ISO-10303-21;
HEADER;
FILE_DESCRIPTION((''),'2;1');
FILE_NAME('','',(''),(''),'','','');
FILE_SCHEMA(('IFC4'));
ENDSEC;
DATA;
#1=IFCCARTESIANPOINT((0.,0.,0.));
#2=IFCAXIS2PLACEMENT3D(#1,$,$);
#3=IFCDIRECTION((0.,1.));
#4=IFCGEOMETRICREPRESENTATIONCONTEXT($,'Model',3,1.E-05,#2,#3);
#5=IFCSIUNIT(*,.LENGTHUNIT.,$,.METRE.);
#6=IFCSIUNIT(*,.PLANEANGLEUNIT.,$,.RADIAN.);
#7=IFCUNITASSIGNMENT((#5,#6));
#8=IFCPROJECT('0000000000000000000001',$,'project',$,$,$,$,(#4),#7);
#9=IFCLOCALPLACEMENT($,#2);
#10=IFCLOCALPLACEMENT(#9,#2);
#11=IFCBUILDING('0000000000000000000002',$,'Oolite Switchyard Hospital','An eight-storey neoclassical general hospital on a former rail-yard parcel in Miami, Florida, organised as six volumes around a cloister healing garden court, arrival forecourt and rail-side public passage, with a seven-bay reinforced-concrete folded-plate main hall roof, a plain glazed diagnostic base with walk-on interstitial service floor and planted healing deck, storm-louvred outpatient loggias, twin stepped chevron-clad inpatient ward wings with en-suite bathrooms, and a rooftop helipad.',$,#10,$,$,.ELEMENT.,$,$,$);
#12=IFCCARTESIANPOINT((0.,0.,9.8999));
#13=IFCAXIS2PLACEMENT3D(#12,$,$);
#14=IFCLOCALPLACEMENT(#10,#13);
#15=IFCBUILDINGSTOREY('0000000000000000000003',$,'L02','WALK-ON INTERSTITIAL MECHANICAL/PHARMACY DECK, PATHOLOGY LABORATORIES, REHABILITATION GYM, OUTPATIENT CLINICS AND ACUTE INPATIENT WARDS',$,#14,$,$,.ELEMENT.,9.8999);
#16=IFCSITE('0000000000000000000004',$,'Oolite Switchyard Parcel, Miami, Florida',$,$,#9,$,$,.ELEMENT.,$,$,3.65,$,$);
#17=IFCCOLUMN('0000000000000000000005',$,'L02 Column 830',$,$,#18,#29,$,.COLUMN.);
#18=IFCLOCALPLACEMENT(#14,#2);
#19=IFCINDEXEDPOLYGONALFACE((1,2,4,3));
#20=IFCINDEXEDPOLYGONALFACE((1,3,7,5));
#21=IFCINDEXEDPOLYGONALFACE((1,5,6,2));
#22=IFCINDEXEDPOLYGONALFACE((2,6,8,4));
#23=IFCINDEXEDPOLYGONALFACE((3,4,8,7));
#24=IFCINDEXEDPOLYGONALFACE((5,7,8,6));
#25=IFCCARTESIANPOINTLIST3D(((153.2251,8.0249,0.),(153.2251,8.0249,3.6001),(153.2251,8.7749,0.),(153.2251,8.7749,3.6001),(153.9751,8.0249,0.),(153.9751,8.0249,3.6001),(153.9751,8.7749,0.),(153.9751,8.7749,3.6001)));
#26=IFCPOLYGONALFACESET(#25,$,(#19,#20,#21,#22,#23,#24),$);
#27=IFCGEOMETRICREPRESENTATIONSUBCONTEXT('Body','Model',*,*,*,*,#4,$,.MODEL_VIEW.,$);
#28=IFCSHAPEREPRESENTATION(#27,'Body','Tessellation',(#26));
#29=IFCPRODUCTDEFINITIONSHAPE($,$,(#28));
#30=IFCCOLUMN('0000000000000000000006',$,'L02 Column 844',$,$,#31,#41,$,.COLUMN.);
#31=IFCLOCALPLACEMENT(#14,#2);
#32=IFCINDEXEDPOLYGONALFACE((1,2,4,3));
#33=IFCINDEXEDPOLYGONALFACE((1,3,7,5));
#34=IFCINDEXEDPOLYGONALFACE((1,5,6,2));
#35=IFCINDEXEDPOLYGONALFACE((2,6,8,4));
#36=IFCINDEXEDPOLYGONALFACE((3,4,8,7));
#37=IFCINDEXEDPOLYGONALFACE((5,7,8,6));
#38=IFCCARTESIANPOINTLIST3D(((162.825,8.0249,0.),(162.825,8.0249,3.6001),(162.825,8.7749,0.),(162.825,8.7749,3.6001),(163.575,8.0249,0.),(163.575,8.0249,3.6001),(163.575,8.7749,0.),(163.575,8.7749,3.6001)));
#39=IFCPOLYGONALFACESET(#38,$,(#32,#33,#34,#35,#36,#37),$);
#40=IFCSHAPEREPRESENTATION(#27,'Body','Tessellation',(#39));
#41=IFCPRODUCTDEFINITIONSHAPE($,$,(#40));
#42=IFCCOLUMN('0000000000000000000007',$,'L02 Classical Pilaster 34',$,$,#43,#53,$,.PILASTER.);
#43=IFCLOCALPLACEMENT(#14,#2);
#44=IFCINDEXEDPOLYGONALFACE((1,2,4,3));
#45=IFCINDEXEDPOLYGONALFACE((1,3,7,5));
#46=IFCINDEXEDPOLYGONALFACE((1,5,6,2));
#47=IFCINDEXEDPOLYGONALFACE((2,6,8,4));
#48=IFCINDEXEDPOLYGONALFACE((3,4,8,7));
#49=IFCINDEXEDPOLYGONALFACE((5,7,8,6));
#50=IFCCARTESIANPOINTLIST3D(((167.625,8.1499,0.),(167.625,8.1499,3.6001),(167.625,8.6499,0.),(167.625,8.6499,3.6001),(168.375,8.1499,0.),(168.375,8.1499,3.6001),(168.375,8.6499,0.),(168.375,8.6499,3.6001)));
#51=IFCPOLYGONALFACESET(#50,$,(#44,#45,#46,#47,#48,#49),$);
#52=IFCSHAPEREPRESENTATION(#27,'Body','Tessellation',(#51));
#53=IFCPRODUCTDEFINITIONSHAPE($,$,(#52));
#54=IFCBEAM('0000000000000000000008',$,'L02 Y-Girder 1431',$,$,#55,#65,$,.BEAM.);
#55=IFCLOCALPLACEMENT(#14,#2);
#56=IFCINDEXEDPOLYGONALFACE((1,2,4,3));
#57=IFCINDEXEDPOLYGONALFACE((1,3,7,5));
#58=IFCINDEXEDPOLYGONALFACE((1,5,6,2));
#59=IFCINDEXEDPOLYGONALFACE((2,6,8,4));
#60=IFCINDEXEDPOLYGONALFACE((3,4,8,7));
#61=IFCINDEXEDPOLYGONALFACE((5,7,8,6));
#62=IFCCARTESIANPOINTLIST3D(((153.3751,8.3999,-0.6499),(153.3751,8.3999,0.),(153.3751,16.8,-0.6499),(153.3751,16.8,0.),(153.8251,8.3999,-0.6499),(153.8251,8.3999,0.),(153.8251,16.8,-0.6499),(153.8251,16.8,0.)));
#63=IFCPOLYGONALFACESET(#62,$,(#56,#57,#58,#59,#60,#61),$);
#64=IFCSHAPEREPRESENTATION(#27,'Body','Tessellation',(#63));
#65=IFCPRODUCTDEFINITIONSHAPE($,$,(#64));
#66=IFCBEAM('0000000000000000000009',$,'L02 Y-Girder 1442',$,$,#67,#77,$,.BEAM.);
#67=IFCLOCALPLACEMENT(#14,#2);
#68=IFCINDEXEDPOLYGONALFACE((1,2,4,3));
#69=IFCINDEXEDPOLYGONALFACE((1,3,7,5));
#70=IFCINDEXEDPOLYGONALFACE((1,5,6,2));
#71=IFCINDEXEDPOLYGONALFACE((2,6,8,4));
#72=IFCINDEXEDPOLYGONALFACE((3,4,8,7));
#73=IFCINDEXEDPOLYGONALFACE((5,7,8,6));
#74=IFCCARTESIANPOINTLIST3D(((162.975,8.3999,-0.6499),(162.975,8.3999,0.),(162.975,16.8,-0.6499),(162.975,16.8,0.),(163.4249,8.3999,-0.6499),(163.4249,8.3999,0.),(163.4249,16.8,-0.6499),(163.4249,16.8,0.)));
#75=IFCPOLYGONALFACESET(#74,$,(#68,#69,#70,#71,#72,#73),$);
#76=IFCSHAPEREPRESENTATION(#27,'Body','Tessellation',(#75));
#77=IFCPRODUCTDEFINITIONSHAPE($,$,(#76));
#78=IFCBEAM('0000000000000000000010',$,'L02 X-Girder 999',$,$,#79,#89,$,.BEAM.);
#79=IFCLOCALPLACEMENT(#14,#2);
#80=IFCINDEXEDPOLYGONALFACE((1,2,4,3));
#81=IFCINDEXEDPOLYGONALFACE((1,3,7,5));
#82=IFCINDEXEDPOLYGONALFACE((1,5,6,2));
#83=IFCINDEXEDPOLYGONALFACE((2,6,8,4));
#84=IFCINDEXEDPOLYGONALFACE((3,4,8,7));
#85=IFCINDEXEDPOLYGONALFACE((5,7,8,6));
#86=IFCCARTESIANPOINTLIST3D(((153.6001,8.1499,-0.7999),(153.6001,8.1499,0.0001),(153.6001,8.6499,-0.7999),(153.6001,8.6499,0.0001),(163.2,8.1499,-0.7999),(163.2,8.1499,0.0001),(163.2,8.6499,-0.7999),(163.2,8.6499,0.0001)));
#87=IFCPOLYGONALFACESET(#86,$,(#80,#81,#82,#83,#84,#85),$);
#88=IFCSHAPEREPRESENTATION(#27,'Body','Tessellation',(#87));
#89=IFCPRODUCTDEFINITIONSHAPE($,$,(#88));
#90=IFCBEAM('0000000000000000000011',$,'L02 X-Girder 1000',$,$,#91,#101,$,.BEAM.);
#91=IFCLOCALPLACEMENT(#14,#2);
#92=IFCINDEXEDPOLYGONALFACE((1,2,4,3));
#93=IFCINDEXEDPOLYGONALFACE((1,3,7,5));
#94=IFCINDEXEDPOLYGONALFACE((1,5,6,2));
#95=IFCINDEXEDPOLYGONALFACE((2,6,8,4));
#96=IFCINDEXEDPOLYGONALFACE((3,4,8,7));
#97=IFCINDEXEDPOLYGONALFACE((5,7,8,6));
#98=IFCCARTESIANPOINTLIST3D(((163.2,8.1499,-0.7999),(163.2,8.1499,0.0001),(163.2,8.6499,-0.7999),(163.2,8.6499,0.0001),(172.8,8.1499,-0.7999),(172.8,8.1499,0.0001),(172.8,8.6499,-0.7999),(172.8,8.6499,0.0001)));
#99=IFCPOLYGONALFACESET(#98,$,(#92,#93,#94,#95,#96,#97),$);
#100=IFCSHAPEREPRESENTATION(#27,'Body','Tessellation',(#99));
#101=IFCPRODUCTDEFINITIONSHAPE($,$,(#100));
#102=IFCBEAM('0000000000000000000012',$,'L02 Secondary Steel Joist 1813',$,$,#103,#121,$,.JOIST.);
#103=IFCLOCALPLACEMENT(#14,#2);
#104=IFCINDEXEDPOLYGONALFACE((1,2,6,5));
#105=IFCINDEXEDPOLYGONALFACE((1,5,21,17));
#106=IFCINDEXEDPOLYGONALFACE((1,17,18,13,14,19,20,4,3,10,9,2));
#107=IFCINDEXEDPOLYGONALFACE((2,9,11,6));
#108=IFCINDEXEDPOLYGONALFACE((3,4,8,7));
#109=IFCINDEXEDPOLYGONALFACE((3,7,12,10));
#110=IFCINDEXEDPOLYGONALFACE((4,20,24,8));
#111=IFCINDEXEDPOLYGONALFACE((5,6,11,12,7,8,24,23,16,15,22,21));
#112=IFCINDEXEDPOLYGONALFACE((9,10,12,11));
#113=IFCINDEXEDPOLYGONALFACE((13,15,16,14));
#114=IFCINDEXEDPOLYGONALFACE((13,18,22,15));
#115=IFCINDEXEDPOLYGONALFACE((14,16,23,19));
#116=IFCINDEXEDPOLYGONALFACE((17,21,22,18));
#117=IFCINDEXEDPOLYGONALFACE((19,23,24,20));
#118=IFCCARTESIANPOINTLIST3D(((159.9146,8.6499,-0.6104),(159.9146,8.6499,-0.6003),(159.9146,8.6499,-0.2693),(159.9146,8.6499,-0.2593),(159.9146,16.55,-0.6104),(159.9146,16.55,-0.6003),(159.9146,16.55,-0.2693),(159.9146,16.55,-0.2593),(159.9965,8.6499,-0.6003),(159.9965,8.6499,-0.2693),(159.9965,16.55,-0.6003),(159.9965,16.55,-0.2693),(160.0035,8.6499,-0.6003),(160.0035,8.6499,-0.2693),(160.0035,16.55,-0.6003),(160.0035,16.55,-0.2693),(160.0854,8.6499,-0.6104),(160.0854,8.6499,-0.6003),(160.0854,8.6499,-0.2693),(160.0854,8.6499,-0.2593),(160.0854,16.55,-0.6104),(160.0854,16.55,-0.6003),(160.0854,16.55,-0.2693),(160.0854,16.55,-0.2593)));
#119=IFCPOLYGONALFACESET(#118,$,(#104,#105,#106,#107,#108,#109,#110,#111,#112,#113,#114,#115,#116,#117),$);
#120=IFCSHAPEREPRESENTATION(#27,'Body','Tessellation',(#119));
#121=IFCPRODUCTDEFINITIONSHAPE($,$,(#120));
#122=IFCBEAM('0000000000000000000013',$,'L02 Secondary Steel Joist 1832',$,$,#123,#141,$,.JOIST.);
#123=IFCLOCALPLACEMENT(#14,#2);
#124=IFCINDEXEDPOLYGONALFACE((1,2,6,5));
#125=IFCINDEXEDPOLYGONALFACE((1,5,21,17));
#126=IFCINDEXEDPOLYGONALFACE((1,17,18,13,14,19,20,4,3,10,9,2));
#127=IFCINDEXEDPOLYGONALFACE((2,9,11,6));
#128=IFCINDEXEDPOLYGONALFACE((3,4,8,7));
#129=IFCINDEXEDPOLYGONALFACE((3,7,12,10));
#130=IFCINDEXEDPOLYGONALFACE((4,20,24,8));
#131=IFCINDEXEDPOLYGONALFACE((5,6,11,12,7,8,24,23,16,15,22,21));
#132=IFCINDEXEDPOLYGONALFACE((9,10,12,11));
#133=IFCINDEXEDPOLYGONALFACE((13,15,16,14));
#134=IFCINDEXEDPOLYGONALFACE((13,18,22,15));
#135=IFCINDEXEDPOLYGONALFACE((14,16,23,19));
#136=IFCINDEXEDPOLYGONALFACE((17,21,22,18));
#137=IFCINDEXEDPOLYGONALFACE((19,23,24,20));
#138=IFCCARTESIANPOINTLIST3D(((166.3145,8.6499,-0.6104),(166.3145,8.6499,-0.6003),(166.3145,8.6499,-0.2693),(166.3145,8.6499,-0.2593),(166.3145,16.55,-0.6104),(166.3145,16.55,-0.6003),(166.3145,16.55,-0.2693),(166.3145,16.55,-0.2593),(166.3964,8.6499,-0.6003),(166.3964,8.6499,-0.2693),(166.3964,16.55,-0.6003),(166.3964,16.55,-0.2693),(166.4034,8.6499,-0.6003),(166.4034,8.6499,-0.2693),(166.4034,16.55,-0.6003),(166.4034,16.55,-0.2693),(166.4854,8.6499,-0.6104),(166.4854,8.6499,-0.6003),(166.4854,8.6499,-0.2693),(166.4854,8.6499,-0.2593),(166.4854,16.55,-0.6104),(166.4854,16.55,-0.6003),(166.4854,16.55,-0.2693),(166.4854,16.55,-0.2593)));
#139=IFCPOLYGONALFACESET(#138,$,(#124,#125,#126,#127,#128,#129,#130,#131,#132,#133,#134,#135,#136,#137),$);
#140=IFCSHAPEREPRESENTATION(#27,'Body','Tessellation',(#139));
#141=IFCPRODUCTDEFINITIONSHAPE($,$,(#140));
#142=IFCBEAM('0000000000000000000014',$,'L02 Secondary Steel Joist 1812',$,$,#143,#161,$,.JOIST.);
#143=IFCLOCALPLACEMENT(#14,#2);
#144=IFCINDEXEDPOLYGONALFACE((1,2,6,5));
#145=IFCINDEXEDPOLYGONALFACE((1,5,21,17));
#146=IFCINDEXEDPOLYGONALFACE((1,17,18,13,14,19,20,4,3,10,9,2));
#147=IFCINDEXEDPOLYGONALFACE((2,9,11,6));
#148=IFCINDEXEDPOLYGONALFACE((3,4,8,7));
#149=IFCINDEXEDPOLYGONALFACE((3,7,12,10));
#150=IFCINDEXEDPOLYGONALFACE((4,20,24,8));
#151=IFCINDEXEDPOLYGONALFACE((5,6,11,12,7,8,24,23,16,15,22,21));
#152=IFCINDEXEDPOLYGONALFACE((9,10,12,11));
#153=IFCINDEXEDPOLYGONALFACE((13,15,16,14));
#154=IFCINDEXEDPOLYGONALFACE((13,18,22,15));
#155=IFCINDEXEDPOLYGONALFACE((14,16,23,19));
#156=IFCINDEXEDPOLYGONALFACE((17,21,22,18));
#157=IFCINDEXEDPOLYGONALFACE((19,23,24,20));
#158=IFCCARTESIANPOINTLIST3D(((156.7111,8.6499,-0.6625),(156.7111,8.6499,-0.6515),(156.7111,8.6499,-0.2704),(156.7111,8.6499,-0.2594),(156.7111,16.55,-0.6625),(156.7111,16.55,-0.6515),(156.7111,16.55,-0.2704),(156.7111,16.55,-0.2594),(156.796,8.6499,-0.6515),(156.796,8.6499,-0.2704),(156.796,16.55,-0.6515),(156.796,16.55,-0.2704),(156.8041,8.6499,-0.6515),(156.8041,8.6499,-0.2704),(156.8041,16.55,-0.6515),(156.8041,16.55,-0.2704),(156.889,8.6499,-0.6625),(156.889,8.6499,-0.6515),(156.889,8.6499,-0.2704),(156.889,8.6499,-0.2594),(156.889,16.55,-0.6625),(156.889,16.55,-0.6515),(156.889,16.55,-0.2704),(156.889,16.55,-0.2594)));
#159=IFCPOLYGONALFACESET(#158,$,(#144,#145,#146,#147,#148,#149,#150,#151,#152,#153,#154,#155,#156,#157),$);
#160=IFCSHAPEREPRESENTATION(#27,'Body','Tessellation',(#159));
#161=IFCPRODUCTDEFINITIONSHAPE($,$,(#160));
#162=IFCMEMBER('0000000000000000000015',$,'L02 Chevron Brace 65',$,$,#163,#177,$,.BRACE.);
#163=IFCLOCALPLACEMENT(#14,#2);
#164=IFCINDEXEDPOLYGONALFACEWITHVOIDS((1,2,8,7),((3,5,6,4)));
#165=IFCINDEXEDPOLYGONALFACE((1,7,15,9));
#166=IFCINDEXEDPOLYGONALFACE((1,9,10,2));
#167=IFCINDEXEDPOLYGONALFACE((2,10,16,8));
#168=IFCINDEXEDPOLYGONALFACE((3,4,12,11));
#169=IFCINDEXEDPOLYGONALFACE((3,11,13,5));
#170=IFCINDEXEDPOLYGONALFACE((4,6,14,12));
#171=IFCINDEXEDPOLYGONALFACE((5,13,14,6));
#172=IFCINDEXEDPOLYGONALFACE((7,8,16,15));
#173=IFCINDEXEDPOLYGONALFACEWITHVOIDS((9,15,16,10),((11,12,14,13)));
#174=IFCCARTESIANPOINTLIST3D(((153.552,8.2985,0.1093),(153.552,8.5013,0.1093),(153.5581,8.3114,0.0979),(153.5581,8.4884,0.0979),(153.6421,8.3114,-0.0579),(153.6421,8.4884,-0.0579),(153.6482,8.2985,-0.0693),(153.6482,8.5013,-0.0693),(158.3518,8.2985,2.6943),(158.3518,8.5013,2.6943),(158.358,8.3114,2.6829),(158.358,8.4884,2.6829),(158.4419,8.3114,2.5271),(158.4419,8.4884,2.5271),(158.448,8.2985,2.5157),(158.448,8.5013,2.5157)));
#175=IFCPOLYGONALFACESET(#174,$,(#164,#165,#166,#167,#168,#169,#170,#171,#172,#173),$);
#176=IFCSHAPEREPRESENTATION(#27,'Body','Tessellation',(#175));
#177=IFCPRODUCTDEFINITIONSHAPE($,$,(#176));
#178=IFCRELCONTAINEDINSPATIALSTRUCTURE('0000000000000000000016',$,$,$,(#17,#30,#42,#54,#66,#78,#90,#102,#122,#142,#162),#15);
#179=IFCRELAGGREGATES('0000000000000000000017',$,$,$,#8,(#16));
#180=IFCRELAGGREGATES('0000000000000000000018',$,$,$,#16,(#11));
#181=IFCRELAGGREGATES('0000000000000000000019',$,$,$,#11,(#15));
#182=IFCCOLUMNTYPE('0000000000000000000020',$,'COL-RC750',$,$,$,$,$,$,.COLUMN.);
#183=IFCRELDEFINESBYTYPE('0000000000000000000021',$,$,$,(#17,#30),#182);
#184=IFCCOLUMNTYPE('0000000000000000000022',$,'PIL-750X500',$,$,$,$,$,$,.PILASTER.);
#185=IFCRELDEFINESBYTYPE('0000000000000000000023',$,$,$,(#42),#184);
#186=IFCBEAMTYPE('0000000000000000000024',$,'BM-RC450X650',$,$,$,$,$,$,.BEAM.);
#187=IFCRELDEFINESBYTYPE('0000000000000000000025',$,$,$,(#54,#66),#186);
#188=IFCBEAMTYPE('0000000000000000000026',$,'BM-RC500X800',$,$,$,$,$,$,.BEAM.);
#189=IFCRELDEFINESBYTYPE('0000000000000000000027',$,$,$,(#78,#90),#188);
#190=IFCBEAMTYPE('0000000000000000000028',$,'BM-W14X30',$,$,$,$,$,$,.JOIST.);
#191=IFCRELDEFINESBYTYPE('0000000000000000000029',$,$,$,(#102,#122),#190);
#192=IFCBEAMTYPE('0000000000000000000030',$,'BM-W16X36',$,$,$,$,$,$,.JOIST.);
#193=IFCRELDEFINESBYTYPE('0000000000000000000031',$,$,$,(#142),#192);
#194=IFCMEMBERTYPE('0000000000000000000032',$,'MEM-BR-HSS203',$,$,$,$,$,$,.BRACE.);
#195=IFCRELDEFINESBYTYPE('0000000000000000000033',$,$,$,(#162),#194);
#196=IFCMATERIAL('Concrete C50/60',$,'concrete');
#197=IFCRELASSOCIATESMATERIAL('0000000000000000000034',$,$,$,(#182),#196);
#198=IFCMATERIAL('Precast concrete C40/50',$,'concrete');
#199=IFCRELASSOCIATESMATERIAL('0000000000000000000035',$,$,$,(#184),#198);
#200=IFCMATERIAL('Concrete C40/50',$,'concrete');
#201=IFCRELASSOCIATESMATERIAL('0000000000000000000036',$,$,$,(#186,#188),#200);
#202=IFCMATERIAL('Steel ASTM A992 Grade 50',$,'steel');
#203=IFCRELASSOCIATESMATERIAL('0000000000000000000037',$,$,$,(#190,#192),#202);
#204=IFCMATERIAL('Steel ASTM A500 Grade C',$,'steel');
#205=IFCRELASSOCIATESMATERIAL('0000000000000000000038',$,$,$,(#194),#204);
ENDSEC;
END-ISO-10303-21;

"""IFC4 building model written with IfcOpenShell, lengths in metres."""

from ifc_helpers import new_model, si_unit, direction, frame, origin, origin_2d, place, context, subcontext, project, spatial, rectangle, hollow_rectangle, i_section, extrude, material, material_profile, profile_set, type_object, element, save


model = new_model("IFC4")

# Units and contexts
model_context = context("Model", 3, precision=1e-05, world=origin(), true_north=direction((0.0, 1.0)))
body_context = subcontext(model_context, "Body", "Model", "MODEL_VIEW")
ifc_project = project(units=[si_unit("LENGTHUNIT", "METRE"), si_unit("PLANEANGLEUNIT", "RADIAN")], contexts=[model_context])

# Site, building, storey
site_placement = place(None, origin())
site = spatial("IfcSite", under=ifc_project, at=site_placement, Name="Oolite Switchyard Parcel, Miami, Florida", CompositionType="ELEMENT", RefElevation=3.65)
building_placement = place(site_placement, origin())
building = spatial("IfcBuilding", under=site, at=building_placement, Name="Oolite Switchyard Hospital", Description="An eight-storey neoclassical general hospital on a former rail-yard parcel in Miami, Florida, organised as six volumes around a cloister healing garden court, arrival forecourt and rail-side public passage, with a seven-bay reinforced-concrete folded-plate main hall roof, a plain glazed diagnostic base with walk-on interstitial service floor and planted healing deck, storm-louvred outpatient loggias, twin stepped chevron-clad inpatient ward wings with en-suite bathrooms, and a rooftop helipad.", CompositionType="ELEMENT")
storey_placement = place(building_placement, frame((0.0, 0.0, 9.8999)))
storey = spatial("IfcBuildingStorey", under=building, at=storey_placement, Name="L02", Description="WALK-ON INTERSTITIAL MECHANICAL/PHARMACY DECK, PATHOLOGY LABORATORIES, REHABILITATION GYM, OUTPATIENT CLINICS AND ACUTE INPATIENT WARDS", CompositionType="ELEMENT", Elevation=9.8999)

# Columns
ifc_material_1 = material(Name="Concrete C50/60", Category="concrete")
ifc_material_profile_1 = material_profile(ifc_material_1, rectangle(XDim=0.75, YDim=0.75, at=origin_2d()), Name="RC750X750")
ifc_profile_set_1 = profile_set([ifc_material_profile_1], Name="Concrete C50/60")
column_type_1 = type_object("IfcColumnType", Name="COL-RC750", PredefinedType="COLUMN", material=ifc_profile_set_1)
for number, where, z_axis, x_axis, name in (
    (1, (153.6001, 8.3999, 0.0), (0.0, 0.0, 1.0), (1.0, 0.0, 0.0), "L02 Column 830"),
    (2, (163.2, 8.3999, 0.0), (0.0, 0.0, 1.0), (1.0, 0.0, 0.0), "L02 Column 844"),
):
    element("IfcColumn", number, at=place(storey_placement, frame(where, z_axis=z_axis, x_axis=x_axis)), inside=storey, type_object=column_type_1, Name=name, PredefinedType="COLUMN", context=body_context, shape_type="SweptSolid", body=[
        extrude(rectangle(XDim=0.75, YDim=0.75, at=origin_2d()), origin(), (0.0, 0.0, 1.0), 3.6001),
    ])
ifc_material_2 = material(Name="Precast concrete C40/50", Category="concrete")
ifc_material_profile_2 = material_profile(ifc_material_2, rectangle(XDim=0.75, YDim=0.5, at=origin_2d()), Name="PIL750X500")
ifc_profile_set_2 = profile_set([ifc_material_profile_2], Name="Precast concrete C40/50")
column_type_2 = type_object("IfcColumnType", Name="PIL-750X500", PredefinedType="PILASTER", material=ifc_profile_set_2)
column_placement = place(storey_placement, frame((168.0, 8.3999, 0.0), z_axis=(0.0, 0.0, 1.0), x_axis=(1.0, 0.0, 0.0)))
element("IfcColumn", 3, at=column_placement, inside=storey, type_object=column_type_2, Name="L02 Classical Pilaster 34", PredefinedType="PILASTER", context=body_context, shape_type="SweptSolid", body=[
    extrude(rectangle(XDim=0.75, YDim=0.5, at=origin_2d()), origin(), (0.0, 0.0, 1.0), 3.6001),
])

# Beams
ifc_material_3 = material(Name="Concrete C40/50", Category="concrete")
ifc_material_profile_3 = material_profile(ifc_material_3, rectangle(XDim=0.45, YDim=0.6499, at=origin_2d()), Name="RCB450X650")
ifc_profile_set_3 = profile_set([ifc_material_profile_3], Name="Concrete C40/50")
beam_type_1 = type_object("IfcBeamType", Name="BM-RC450X650", PredefinedType="BEAM", material=ifc_profile_set_3)
for number, where, z_axis, x_axis, name in (
    (4, (153.6001, 8.3999, -0.325), (0.0, 1.0, 0.0), (-1.0, 0.0, 0.0), "L02 Y-Girder 1431"),
    (5, (163.2, 8.3999, -0.325), (0.0, 1.0, 0.0), (-1.0, 0.0, 0.0), "L02 Y-Girder 1442"),
):
    element("IfcBeam", number, at=place(storey_placement, frame(where, z_axis=z_axis, x_axis=x_axis)), inside=storey, type_object=beam_type_1, Name=name, PredefinedType="BEAM", context=body_context, shape_type="SweptSolid", body=[
        extrude(rectangle(XDim=0.45, YDim=0.6499, at=origin_2d()), origin(), (0.0, 0.0, 1.0), 8.4001),
    ])
ifc_material_profile_4 = material_profile(ifc_material_3, rectangle(XDim=0.5, YDim=0.8, at=origin_2d()), Name="RCB500X800")
ifc_profile_set_4 = profile_set([ifc_material_profile_4], Name="Concrete C40/50")
beam_type_2 = type_object("IfcBeamType", Name="BM-RC500X800", PredefinedType="BEAM", material=ifc_profile_set_4)
beam_1_placement = place(storey_placement, frame((153.6001, 8.3999, -0.3999), z_axis=(1.0, 0.0, 0.0), x_axis=(0.0, 1.0, 0.0)))
element("IfcBeam", 6, at=beam_1_placement, inside=storey, type_object=beam_type_2, Name="L02 X-Girder 999", PredefinedType="BEAM", context=body_context, shape_type="SweptSolid", body=[
    extrude(rectangle(XDim=0.5, YDim=0.8, at=origin_2d()), origin(), (0.0, 0.0, 1.0), 9.5999),
])
beam_2_placement = place(storey_placement, frame((163.2, 8.3999, -0.3999), z_axis=(1.0, 0.0, 0.0), x_axis=(0.0, 1.0, 0.0)))
element("IfcBeam", 7, at=beam_2_placement, inside=storey, type_object=beam_type_2, Name="L02 X-Girder 1000", PredefinedType="BEAM", context=body_context, shape_type="SweptSolid", body=[
    extrude(rectangle(XDim=0.5, YDim=0.8, at=origin_2d()), origin(), (0.0, 0.0, 1.0), 9.6001),
])
ifc_material_4 = material(Name="Steel ASTM A992 Grade 50", Category="steel")
ifc_material_profile_5 = material_profile(ifc_material_4, i_section(OverallWidth=0.1709, OverallDepth=0.3511, WebThickness=0.0071, FlangeThickness=0.01, at=origin_2d()), Name="W14X30")
ifc_profile_set_5 = profile_set([ifc_material_profile_5], Name="Steel ASTM A992 Grade 50")
beam_type_3 = type_object("IfcBeamType", Name="BM-W14X30", PredefinedType="JOIST", material=ifc_profile_set_5)
for number, where, z_axis, x_axis, name in (
    (8, (160.0, 8.6499, -0.4348), (0.0, 1.0, 0.0), (-1.0, 0.0, 0.0), "L02 Secondary Steel Joist 1813"),
    (9, (166.3999, 8.6499, -0.4348), (0.0, 1.0, 0.0), (-1.0, 0.0, 0.0), "L02 Secondary Steel Joist 1832"),
):
    element("IfcBeam", number, at=place(storey_placement, frame(where, z_axis=z_axis, x_axis=x_axis)), inside=storey, type_object=beam_type_3, Name=name, PredefinedType="JOIST", context=body_context, shape_type="SweptSolid", body=[
        extrude(i_section(OverallWidth=0.1709, OverallDepth=0.3511, WebThickness=0.0071, FlangeThickness=0.01, at=origin_2d()), origin(), (0.0, 0.0, 1.0), 7.9001),
    ])
ifc_material_profile_6 = material_profile(ifc_material_4, i_section(OverallWidth=0.178, OverallDepth=0.4031, WebThickness=0.0081, FlangeThickness=0.011, at=origin_2d()), Name="W16X36")
ifc_profile_set_6 = profile_set([ifc_material_profile_6], Name="Steel ASTM A992 Grade 50")
beam_type_4 = type_object("IfcBeamType", Name="BM-W16X36", PredefinedType="JOIST", material=ifc_profile_set_6)
beam_3_placement = place(storey_placement, frame((156.8, 8.6499, -0.4609), z_axis=(0.0, 1.0, 0.0), x_axis=(-1.0, 0.0, 0.0)))
element("IfcBeam", 10, at=beam_3_placement, inside=storey, type_object=beam_type_4, Name="L02 Secondary Steel Joist 1812", PredefinedType="JOIST", context=body_context, shape_type="SweptSolid", body=[
    extrude(i_section(OverallWidth=0.178, OverallDepth=0.4031, WebThickness=0.0081, FlangeThickness=0.011, at=origin_2d()), origin(), (0.0, 0.0, 1.0), 7.9001),
])

# Member
ifc_material_5 = material(Name="Steel ASTM A500 Grade C", Category="steel")
ifc_material_profile_7 = material_profile(ifc_material_5, hollow_rectangle(XDim=0.2029, YDim=0.2029, WallThickness=0.0129, at=origin_2d()), Name="HSS203X203X13")
ifc_profile_set_7 = profile_set([ifc_material_profile_7], Name="Steel ASTM A500 Grade C")
member_type = type_object("IfcMemberType", Name="MEM-BR-HSS203", PredefinedType="BRACE", material=ifc_profile_set_7)
member_1_placement = place(storey_placement, frame((153.6001, 8.3999, 0.02), z_axis=(0.880437, 0.0, 0.474164), x_axis=(0.0, 1.0, 0.0)))
element("IfcMember", 11, at=member_1_placement, inside=storey, type_object=member_type, Name="L02 Chevron Brace 65", PredefinedType="BRACE", context=body_context, shape_type="SweptSolid", body=[
    extrude(hollow_rectangle(XDim=0.2029, YDim=0.2029, WallThickness=0.0129, at=origin_2d()), origin(), (0.0, 0.0, 1.0), 5.4517),
])

save(model, "model.ifc")
